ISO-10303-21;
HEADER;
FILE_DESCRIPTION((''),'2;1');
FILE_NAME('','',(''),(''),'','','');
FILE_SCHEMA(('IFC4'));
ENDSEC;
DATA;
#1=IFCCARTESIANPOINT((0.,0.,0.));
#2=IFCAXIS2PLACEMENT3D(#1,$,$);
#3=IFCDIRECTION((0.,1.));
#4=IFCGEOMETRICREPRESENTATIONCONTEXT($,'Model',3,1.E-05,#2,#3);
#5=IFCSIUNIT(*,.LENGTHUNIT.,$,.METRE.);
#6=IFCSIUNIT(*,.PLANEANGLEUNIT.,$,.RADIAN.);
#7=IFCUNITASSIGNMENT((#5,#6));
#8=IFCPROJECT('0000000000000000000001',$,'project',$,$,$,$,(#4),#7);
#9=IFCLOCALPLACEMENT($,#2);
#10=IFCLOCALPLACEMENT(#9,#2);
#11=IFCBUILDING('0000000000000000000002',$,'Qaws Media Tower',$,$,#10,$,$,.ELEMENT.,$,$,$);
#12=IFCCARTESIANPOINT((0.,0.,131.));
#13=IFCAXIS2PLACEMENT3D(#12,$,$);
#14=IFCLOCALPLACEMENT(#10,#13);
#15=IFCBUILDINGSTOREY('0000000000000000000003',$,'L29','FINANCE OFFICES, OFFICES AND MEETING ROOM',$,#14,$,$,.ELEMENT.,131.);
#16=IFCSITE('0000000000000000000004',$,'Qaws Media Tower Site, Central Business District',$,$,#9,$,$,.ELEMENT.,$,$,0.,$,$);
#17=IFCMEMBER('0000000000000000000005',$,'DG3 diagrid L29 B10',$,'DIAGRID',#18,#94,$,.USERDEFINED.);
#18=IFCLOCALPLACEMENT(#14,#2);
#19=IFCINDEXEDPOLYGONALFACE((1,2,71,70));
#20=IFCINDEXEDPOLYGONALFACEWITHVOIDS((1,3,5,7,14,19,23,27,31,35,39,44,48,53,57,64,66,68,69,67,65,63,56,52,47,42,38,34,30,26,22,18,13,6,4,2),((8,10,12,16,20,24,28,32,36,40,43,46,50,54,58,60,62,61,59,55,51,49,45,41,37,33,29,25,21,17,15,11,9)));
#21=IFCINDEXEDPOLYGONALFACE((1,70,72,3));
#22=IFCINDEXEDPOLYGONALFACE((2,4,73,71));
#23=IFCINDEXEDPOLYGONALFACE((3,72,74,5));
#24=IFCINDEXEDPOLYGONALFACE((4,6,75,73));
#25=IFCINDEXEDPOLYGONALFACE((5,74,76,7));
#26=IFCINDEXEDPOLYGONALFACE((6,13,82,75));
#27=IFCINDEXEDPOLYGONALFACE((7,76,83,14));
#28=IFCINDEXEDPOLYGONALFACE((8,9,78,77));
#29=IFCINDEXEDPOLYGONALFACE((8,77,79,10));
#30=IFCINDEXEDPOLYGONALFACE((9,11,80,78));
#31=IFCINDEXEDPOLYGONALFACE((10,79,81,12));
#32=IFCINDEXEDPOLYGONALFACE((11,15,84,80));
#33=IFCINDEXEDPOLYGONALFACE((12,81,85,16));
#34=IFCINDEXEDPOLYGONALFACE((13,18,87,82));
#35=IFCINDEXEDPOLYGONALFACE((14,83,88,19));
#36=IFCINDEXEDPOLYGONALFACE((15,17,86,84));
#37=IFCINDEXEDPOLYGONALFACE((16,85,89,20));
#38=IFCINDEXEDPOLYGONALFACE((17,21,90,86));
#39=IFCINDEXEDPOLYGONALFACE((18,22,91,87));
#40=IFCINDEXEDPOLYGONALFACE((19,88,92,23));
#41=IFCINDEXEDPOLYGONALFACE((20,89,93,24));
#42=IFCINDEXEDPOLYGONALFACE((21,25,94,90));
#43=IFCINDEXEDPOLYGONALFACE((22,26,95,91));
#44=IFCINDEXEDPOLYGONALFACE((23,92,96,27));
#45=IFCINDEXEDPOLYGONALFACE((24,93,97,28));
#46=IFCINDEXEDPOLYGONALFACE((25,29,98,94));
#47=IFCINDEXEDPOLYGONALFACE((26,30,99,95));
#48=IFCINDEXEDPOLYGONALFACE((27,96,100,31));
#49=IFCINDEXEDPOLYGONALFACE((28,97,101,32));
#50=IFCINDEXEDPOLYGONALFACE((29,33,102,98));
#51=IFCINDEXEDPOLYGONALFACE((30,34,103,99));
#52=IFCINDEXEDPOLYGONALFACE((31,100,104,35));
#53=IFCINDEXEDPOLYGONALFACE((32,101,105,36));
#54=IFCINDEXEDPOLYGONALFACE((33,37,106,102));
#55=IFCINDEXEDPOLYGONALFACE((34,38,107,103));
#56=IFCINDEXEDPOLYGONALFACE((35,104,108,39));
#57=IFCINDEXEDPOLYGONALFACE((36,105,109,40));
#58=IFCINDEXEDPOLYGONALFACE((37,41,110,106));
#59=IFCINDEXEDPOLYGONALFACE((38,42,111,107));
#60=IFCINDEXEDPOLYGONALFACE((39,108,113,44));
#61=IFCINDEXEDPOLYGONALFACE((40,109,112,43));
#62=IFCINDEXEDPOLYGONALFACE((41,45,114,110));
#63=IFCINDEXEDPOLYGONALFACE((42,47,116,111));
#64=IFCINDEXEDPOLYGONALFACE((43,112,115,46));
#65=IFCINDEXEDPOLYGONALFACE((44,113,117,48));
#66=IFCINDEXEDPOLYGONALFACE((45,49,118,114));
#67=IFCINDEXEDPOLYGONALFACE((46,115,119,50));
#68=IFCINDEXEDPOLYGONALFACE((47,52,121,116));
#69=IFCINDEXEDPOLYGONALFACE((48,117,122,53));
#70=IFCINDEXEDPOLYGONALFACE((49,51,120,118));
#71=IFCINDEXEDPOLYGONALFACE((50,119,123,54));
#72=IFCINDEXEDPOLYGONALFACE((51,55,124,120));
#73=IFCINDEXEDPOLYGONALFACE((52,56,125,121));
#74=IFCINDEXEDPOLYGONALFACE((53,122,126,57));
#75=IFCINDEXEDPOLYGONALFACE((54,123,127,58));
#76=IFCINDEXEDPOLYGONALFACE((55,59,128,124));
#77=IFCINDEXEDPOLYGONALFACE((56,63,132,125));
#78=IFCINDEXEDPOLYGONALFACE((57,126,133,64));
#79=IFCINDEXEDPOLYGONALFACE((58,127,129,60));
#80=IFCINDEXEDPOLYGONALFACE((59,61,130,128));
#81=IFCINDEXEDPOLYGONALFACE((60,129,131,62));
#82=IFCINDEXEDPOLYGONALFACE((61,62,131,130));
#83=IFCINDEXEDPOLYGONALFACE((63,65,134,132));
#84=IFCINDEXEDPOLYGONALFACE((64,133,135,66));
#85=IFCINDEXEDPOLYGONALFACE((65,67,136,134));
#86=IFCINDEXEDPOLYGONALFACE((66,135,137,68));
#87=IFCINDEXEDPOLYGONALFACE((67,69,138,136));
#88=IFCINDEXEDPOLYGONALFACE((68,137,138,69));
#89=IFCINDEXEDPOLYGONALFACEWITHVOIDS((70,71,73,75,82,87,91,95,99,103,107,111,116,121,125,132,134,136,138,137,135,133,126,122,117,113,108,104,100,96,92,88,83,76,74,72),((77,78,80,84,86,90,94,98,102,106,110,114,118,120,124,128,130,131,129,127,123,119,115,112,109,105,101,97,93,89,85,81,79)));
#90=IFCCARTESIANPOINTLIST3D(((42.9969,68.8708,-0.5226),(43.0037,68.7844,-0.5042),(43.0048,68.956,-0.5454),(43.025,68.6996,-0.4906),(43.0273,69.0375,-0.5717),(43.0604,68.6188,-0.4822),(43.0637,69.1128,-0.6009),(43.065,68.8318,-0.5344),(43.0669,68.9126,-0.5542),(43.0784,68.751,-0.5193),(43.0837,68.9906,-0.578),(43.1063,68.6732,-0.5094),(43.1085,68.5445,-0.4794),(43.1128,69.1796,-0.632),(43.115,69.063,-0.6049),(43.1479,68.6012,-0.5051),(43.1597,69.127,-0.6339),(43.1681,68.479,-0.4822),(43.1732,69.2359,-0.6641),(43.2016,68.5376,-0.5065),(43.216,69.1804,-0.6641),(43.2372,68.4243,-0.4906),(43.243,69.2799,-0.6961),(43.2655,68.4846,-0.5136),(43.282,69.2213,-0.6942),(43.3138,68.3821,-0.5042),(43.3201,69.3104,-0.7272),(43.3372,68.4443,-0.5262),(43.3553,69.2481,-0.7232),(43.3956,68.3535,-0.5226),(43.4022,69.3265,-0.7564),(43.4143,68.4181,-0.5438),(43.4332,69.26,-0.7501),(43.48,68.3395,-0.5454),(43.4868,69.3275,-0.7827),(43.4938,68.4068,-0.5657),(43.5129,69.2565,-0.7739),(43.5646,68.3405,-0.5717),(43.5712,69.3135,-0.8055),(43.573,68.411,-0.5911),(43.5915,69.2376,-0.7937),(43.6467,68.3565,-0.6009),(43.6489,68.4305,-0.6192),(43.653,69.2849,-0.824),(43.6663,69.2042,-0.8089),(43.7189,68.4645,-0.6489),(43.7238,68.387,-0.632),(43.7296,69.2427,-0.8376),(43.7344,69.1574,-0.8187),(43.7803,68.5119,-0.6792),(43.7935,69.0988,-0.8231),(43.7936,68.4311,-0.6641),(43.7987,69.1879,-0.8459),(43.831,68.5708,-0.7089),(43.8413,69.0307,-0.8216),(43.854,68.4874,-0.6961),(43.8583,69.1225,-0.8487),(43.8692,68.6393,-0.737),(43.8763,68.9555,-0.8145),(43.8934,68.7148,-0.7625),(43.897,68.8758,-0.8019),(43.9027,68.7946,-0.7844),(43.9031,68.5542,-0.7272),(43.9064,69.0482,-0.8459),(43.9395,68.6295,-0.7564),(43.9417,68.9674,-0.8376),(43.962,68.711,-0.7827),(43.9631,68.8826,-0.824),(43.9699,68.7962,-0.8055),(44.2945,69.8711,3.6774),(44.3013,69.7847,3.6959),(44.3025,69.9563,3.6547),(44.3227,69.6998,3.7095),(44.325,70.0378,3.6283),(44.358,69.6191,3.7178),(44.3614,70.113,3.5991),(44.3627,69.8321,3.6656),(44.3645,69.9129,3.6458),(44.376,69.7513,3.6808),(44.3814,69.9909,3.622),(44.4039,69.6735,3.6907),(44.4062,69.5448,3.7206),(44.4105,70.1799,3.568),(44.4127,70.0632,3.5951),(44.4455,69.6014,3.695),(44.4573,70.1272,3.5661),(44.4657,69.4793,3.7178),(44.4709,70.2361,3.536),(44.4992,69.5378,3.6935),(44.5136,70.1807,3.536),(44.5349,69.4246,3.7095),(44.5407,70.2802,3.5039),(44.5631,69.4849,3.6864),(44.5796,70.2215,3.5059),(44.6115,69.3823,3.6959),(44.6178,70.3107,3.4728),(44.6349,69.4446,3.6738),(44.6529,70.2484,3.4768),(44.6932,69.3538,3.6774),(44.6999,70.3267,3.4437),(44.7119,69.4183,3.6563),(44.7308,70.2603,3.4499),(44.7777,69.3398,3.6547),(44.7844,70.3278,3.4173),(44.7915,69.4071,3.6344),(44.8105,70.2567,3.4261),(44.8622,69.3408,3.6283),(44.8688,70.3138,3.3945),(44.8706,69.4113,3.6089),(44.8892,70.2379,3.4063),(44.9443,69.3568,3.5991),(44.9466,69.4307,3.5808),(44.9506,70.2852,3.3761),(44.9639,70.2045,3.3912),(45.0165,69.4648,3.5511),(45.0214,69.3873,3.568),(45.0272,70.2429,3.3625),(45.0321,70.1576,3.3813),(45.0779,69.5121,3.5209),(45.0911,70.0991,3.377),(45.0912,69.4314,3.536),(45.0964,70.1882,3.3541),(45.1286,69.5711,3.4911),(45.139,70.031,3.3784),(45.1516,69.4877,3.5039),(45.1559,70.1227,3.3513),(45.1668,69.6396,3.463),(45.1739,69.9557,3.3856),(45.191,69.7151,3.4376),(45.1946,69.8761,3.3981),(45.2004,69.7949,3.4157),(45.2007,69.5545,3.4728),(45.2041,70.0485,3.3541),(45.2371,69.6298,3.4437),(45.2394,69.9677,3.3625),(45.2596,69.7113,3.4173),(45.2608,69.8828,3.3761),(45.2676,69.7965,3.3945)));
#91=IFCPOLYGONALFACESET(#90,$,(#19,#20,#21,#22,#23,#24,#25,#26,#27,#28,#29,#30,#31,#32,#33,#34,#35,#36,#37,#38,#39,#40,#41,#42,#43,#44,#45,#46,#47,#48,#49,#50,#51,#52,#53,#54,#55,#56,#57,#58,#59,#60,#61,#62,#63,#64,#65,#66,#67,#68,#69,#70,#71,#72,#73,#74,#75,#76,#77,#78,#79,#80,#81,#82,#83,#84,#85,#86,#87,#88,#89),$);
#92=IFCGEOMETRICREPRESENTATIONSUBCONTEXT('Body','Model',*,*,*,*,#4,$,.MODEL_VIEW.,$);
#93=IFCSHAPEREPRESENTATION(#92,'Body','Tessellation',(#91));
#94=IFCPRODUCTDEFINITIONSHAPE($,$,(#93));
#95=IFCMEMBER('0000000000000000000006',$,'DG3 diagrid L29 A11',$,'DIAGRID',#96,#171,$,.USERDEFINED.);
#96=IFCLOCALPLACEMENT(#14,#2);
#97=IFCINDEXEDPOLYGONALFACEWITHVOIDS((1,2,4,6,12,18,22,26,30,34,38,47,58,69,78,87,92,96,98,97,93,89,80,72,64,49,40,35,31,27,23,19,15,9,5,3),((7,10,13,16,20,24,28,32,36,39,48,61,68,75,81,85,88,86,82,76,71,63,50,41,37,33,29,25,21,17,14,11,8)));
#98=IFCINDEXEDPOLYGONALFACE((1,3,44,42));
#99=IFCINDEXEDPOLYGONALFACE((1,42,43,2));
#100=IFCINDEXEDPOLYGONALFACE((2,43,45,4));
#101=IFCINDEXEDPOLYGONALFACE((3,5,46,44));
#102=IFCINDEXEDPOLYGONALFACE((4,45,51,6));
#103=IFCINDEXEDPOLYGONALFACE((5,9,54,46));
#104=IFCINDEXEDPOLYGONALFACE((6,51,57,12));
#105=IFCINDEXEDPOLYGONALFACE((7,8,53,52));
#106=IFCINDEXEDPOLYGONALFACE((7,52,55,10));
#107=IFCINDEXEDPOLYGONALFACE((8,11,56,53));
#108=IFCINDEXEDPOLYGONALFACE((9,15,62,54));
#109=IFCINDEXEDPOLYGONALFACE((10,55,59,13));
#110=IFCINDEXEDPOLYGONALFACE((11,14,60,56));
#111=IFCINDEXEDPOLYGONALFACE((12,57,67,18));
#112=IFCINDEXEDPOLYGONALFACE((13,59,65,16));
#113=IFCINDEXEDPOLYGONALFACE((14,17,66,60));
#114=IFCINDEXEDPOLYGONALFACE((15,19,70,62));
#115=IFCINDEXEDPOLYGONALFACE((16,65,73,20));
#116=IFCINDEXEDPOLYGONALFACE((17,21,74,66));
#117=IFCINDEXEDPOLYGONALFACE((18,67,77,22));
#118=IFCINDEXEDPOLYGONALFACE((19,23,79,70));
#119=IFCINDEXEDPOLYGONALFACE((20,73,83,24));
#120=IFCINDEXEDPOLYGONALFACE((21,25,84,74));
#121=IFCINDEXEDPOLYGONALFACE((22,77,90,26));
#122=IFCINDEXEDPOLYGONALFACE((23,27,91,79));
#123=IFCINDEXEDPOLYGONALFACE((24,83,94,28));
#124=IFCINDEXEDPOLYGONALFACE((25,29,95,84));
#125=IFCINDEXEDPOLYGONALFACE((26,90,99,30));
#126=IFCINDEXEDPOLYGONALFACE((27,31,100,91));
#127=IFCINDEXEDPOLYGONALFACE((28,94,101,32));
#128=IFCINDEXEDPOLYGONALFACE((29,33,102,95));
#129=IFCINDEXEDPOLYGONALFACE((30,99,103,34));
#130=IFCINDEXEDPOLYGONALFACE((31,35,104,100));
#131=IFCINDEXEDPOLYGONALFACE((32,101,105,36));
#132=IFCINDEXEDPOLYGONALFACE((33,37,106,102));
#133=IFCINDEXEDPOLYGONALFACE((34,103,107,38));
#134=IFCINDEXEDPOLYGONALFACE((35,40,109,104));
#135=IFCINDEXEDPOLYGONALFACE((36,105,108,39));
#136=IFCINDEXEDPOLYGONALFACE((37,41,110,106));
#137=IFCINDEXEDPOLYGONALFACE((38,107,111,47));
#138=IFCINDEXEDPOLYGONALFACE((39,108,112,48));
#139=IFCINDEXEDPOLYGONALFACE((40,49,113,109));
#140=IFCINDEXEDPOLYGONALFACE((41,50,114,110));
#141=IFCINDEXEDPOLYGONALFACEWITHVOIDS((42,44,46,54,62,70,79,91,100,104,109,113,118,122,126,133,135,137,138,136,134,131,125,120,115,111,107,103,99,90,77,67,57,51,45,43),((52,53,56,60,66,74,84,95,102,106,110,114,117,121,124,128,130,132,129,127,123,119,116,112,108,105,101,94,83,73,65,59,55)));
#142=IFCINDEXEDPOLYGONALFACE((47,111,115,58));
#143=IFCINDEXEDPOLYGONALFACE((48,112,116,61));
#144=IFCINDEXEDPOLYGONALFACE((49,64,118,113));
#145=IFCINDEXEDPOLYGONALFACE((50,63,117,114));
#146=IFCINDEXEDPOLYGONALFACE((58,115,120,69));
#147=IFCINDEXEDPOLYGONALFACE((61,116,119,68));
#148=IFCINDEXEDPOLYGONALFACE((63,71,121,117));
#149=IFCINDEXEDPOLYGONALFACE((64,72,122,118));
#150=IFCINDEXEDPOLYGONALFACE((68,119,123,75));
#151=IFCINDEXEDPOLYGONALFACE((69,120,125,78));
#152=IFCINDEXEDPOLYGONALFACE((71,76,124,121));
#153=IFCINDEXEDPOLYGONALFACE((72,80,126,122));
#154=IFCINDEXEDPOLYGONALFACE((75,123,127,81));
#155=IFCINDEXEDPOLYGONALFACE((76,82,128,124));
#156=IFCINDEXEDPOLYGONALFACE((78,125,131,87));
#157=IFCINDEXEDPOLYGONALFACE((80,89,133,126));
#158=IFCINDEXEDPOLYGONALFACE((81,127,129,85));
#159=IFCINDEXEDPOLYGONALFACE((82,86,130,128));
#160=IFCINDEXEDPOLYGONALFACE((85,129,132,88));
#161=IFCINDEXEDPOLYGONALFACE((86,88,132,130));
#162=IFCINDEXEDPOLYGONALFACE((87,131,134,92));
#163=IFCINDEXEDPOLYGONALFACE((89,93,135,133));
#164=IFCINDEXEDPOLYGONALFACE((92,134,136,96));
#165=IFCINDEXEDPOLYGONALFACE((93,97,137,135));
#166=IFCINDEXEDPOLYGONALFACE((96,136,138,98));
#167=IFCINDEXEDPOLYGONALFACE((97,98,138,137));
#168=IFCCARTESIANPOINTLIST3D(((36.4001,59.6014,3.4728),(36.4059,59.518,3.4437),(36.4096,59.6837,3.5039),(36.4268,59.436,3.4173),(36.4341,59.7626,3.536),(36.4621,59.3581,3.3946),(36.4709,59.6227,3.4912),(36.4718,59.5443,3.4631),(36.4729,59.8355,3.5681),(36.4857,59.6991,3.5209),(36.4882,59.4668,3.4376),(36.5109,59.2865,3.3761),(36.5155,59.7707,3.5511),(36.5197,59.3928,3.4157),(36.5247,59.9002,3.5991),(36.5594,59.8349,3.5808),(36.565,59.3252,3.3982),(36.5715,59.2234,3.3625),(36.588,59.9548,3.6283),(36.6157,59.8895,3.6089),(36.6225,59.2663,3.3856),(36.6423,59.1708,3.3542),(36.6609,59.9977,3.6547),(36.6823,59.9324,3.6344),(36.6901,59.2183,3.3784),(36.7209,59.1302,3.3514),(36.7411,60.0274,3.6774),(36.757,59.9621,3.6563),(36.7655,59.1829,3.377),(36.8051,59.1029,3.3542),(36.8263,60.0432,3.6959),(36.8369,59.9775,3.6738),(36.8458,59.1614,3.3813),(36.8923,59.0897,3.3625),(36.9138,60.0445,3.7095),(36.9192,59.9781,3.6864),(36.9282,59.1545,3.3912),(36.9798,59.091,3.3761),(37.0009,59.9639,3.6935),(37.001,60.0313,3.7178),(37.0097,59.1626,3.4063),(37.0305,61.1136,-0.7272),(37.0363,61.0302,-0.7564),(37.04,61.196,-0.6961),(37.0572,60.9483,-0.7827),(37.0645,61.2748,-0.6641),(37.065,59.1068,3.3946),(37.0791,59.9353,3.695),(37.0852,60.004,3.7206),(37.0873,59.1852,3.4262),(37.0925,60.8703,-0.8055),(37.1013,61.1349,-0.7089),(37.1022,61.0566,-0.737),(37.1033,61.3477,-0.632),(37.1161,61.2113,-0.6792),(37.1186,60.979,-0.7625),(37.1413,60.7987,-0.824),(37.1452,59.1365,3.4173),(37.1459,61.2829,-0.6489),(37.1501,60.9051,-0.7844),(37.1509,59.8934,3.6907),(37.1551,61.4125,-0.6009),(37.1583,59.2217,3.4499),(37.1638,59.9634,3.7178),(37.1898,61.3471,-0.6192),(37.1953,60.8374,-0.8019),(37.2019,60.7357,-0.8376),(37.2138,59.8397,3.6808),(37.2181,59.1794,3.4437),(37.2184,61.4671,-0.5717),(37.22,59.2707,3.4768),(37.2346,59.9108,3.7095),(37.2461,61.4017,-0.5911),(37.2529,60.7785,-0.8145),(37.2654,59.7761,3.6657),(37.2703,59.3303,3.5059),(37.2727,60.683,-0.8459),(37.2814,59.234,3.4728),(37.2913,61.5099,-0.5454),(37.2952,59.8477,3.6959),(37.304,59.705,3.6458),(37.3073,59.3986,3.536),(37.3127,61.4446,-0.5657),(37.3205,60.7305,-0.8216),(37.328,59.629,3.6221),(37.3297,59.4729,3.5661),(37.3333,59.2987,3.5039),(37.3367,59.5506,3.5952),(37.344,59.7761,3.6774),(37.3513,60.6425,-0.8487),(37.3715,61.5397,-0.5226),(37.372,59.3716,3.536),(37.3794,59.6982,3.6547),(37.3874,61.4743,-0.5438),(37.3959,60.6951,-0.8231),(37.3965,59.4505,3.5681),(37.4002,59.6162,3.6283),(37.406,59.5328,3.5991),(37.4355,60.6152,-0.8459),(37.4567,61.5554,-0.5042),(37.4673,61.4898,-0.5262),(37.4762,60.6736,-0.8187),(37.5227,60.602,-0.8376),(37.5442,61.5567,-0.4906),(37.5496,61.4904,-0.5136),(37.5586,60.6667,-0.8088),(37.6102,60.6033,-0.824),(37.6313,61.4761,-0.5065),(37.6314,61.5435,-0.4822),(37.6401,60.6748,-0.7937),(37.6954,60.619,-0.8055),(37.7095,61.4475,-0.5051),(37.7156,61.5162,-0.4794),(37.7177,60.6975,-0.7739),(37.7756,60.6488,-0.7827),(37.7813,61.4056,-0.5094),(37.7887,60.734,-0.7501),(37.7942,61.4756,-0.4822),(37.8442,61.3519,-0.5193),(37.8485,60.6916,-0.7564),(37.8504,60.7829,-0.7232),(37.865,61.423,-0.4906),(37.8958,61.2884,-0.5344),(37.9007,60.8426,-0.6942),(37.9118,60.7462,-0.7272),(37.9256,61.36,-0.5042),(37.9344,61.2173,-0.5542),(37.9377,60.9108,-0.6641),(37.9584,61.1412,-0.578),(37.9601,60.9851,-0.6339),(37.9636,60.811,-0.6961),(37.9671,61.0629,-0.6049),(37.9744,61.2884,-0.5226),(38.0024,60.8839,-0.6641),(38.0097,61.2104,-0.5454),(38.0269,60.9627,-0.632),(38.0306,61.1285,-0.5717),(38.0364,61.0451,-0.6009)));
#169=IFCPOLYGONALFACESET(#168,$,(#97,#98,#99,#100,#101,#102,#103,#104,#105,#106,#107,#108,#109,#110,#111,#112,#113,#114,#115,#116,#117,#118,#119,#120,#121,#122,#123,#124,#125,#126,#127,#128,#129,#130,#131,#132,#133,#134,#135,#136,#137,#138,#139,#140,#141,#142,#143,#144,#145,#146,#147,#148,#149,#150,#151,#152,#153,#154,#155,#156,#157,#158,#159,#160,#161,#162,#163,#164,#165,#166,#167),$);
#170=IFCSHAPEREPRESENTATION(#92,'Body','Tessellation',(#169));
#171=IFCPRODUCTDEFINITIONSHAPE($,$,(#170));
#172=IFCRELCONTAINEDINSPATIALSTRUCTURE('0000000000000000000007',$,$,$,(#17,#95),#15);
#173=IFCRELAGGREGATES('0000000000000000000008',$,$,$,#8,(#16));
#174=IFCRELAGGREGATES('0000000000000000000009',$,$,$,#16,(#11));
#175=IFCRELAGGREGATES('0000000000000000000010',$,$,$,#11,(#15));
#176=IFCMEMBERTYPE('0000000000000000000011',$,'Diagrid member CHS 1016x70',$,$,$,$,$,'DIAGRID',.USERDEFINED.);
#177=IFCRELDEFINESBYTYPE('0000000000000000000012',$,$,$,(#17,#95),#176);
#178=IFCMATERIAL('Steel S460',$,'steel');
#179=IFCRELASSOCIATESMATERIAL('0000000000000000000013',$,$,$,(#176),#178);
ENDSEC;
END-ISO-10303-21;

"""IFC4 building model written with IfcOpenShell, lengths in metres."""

from ifc_helpers import new_model, si_unit, direction, frame, origin, origin_2d, place, context, subcontext, project, spatial, hollow_circle, extrude, material, material_profile, profile_set, type_object, element, save


model = new_model("IFC4")

# Units and contexts
model_context = context("Model", 3, precision=1e-05, world=origin(), true_north=direction((0.0, 1.0)))
body_context = subcontext(model_context, "Body", "Model", "MODEL_VIEW")
ifc_project = project(units=[si_unit("LENGTHUNIT", "METRE"), si_unit("PLANEANGLEUNIT", "RADIAN")], contexts=[model_context])

# Site, building, storey
site_placement = place(None, origin())
site = spatial("IfcSite", under=ifc_project, at=site_placement, Name="Qaws Media Tower Site, Central Business District", CompositionType="ELEMENT", RefElevation=0.0)
building_placement = place(site_placement, origin())
building = spatial("IfcBuilding", under=site, at=building_placement, Name="Qaws Media Tower", CompositionType="ELEMENT")
storey_placement = place(building_placement, frame((0.0, 0.0, 131.0)))
storey = spatial("IfcBuildingStorey", under=building, at=storey_placement, Name="L29", Description="FINANCE OFFICES, OFFICES AND MEETING ROOM", CompositionType="ELEMENT", Elevation=131.0)

# Members
ifc_material_1 = material(Name="Steel S460", Category="steel")
ifc_material_profile_1 = material_profile(ifc_material_1, hollow_circle(Radius=0.5081, WallThickness=0.0701, at=origin_2d()), Name="CHS 1016x70")
ifc_profile_set_1 = profile_set([ifc_material_profile_1], Name="Steel S460")
member_type_1 = type_object("IfcMemberType", Name="Diagrid member CHS 1016x70", ElementType="DIAGRID", PredefinedType="USERDEFINED", material=ifc_profile_set_1)
for number, where, z_axis, x_axis, name in (
    (1, (43.4834, 68.8335, -0.6641), (0.287833, 0.221872, 0.931625), (-0.61051, 0.792009, 0.0), "DG3 diagrid L29 B10"),
    (2, (37.5334, 61.0793, -0.6641), (-0.139828, -0.335436, 0.931628), (0.923015, -0.384764, 0.0), "DG3 diagrid L29 A11"),
):
    element("IfcMember", number, at=place(storey_placement, frame(where, z_axis=z_axis, x_axis=x_axis)), inside=storey, type_object=member_type_1, Name=name, ObjectType="DIAGRID", PredefinedType="USERDEFINED", context=body_context, shape_type="SweptSolid", body=[
        extrude(hollow_circle(Radius=0.5081, WallThickness=0.0701, at=origin_2d()), origin(), (0.0, 0.0, 1.0), 4.5083),
    ])

save(model, "model.ifc")
